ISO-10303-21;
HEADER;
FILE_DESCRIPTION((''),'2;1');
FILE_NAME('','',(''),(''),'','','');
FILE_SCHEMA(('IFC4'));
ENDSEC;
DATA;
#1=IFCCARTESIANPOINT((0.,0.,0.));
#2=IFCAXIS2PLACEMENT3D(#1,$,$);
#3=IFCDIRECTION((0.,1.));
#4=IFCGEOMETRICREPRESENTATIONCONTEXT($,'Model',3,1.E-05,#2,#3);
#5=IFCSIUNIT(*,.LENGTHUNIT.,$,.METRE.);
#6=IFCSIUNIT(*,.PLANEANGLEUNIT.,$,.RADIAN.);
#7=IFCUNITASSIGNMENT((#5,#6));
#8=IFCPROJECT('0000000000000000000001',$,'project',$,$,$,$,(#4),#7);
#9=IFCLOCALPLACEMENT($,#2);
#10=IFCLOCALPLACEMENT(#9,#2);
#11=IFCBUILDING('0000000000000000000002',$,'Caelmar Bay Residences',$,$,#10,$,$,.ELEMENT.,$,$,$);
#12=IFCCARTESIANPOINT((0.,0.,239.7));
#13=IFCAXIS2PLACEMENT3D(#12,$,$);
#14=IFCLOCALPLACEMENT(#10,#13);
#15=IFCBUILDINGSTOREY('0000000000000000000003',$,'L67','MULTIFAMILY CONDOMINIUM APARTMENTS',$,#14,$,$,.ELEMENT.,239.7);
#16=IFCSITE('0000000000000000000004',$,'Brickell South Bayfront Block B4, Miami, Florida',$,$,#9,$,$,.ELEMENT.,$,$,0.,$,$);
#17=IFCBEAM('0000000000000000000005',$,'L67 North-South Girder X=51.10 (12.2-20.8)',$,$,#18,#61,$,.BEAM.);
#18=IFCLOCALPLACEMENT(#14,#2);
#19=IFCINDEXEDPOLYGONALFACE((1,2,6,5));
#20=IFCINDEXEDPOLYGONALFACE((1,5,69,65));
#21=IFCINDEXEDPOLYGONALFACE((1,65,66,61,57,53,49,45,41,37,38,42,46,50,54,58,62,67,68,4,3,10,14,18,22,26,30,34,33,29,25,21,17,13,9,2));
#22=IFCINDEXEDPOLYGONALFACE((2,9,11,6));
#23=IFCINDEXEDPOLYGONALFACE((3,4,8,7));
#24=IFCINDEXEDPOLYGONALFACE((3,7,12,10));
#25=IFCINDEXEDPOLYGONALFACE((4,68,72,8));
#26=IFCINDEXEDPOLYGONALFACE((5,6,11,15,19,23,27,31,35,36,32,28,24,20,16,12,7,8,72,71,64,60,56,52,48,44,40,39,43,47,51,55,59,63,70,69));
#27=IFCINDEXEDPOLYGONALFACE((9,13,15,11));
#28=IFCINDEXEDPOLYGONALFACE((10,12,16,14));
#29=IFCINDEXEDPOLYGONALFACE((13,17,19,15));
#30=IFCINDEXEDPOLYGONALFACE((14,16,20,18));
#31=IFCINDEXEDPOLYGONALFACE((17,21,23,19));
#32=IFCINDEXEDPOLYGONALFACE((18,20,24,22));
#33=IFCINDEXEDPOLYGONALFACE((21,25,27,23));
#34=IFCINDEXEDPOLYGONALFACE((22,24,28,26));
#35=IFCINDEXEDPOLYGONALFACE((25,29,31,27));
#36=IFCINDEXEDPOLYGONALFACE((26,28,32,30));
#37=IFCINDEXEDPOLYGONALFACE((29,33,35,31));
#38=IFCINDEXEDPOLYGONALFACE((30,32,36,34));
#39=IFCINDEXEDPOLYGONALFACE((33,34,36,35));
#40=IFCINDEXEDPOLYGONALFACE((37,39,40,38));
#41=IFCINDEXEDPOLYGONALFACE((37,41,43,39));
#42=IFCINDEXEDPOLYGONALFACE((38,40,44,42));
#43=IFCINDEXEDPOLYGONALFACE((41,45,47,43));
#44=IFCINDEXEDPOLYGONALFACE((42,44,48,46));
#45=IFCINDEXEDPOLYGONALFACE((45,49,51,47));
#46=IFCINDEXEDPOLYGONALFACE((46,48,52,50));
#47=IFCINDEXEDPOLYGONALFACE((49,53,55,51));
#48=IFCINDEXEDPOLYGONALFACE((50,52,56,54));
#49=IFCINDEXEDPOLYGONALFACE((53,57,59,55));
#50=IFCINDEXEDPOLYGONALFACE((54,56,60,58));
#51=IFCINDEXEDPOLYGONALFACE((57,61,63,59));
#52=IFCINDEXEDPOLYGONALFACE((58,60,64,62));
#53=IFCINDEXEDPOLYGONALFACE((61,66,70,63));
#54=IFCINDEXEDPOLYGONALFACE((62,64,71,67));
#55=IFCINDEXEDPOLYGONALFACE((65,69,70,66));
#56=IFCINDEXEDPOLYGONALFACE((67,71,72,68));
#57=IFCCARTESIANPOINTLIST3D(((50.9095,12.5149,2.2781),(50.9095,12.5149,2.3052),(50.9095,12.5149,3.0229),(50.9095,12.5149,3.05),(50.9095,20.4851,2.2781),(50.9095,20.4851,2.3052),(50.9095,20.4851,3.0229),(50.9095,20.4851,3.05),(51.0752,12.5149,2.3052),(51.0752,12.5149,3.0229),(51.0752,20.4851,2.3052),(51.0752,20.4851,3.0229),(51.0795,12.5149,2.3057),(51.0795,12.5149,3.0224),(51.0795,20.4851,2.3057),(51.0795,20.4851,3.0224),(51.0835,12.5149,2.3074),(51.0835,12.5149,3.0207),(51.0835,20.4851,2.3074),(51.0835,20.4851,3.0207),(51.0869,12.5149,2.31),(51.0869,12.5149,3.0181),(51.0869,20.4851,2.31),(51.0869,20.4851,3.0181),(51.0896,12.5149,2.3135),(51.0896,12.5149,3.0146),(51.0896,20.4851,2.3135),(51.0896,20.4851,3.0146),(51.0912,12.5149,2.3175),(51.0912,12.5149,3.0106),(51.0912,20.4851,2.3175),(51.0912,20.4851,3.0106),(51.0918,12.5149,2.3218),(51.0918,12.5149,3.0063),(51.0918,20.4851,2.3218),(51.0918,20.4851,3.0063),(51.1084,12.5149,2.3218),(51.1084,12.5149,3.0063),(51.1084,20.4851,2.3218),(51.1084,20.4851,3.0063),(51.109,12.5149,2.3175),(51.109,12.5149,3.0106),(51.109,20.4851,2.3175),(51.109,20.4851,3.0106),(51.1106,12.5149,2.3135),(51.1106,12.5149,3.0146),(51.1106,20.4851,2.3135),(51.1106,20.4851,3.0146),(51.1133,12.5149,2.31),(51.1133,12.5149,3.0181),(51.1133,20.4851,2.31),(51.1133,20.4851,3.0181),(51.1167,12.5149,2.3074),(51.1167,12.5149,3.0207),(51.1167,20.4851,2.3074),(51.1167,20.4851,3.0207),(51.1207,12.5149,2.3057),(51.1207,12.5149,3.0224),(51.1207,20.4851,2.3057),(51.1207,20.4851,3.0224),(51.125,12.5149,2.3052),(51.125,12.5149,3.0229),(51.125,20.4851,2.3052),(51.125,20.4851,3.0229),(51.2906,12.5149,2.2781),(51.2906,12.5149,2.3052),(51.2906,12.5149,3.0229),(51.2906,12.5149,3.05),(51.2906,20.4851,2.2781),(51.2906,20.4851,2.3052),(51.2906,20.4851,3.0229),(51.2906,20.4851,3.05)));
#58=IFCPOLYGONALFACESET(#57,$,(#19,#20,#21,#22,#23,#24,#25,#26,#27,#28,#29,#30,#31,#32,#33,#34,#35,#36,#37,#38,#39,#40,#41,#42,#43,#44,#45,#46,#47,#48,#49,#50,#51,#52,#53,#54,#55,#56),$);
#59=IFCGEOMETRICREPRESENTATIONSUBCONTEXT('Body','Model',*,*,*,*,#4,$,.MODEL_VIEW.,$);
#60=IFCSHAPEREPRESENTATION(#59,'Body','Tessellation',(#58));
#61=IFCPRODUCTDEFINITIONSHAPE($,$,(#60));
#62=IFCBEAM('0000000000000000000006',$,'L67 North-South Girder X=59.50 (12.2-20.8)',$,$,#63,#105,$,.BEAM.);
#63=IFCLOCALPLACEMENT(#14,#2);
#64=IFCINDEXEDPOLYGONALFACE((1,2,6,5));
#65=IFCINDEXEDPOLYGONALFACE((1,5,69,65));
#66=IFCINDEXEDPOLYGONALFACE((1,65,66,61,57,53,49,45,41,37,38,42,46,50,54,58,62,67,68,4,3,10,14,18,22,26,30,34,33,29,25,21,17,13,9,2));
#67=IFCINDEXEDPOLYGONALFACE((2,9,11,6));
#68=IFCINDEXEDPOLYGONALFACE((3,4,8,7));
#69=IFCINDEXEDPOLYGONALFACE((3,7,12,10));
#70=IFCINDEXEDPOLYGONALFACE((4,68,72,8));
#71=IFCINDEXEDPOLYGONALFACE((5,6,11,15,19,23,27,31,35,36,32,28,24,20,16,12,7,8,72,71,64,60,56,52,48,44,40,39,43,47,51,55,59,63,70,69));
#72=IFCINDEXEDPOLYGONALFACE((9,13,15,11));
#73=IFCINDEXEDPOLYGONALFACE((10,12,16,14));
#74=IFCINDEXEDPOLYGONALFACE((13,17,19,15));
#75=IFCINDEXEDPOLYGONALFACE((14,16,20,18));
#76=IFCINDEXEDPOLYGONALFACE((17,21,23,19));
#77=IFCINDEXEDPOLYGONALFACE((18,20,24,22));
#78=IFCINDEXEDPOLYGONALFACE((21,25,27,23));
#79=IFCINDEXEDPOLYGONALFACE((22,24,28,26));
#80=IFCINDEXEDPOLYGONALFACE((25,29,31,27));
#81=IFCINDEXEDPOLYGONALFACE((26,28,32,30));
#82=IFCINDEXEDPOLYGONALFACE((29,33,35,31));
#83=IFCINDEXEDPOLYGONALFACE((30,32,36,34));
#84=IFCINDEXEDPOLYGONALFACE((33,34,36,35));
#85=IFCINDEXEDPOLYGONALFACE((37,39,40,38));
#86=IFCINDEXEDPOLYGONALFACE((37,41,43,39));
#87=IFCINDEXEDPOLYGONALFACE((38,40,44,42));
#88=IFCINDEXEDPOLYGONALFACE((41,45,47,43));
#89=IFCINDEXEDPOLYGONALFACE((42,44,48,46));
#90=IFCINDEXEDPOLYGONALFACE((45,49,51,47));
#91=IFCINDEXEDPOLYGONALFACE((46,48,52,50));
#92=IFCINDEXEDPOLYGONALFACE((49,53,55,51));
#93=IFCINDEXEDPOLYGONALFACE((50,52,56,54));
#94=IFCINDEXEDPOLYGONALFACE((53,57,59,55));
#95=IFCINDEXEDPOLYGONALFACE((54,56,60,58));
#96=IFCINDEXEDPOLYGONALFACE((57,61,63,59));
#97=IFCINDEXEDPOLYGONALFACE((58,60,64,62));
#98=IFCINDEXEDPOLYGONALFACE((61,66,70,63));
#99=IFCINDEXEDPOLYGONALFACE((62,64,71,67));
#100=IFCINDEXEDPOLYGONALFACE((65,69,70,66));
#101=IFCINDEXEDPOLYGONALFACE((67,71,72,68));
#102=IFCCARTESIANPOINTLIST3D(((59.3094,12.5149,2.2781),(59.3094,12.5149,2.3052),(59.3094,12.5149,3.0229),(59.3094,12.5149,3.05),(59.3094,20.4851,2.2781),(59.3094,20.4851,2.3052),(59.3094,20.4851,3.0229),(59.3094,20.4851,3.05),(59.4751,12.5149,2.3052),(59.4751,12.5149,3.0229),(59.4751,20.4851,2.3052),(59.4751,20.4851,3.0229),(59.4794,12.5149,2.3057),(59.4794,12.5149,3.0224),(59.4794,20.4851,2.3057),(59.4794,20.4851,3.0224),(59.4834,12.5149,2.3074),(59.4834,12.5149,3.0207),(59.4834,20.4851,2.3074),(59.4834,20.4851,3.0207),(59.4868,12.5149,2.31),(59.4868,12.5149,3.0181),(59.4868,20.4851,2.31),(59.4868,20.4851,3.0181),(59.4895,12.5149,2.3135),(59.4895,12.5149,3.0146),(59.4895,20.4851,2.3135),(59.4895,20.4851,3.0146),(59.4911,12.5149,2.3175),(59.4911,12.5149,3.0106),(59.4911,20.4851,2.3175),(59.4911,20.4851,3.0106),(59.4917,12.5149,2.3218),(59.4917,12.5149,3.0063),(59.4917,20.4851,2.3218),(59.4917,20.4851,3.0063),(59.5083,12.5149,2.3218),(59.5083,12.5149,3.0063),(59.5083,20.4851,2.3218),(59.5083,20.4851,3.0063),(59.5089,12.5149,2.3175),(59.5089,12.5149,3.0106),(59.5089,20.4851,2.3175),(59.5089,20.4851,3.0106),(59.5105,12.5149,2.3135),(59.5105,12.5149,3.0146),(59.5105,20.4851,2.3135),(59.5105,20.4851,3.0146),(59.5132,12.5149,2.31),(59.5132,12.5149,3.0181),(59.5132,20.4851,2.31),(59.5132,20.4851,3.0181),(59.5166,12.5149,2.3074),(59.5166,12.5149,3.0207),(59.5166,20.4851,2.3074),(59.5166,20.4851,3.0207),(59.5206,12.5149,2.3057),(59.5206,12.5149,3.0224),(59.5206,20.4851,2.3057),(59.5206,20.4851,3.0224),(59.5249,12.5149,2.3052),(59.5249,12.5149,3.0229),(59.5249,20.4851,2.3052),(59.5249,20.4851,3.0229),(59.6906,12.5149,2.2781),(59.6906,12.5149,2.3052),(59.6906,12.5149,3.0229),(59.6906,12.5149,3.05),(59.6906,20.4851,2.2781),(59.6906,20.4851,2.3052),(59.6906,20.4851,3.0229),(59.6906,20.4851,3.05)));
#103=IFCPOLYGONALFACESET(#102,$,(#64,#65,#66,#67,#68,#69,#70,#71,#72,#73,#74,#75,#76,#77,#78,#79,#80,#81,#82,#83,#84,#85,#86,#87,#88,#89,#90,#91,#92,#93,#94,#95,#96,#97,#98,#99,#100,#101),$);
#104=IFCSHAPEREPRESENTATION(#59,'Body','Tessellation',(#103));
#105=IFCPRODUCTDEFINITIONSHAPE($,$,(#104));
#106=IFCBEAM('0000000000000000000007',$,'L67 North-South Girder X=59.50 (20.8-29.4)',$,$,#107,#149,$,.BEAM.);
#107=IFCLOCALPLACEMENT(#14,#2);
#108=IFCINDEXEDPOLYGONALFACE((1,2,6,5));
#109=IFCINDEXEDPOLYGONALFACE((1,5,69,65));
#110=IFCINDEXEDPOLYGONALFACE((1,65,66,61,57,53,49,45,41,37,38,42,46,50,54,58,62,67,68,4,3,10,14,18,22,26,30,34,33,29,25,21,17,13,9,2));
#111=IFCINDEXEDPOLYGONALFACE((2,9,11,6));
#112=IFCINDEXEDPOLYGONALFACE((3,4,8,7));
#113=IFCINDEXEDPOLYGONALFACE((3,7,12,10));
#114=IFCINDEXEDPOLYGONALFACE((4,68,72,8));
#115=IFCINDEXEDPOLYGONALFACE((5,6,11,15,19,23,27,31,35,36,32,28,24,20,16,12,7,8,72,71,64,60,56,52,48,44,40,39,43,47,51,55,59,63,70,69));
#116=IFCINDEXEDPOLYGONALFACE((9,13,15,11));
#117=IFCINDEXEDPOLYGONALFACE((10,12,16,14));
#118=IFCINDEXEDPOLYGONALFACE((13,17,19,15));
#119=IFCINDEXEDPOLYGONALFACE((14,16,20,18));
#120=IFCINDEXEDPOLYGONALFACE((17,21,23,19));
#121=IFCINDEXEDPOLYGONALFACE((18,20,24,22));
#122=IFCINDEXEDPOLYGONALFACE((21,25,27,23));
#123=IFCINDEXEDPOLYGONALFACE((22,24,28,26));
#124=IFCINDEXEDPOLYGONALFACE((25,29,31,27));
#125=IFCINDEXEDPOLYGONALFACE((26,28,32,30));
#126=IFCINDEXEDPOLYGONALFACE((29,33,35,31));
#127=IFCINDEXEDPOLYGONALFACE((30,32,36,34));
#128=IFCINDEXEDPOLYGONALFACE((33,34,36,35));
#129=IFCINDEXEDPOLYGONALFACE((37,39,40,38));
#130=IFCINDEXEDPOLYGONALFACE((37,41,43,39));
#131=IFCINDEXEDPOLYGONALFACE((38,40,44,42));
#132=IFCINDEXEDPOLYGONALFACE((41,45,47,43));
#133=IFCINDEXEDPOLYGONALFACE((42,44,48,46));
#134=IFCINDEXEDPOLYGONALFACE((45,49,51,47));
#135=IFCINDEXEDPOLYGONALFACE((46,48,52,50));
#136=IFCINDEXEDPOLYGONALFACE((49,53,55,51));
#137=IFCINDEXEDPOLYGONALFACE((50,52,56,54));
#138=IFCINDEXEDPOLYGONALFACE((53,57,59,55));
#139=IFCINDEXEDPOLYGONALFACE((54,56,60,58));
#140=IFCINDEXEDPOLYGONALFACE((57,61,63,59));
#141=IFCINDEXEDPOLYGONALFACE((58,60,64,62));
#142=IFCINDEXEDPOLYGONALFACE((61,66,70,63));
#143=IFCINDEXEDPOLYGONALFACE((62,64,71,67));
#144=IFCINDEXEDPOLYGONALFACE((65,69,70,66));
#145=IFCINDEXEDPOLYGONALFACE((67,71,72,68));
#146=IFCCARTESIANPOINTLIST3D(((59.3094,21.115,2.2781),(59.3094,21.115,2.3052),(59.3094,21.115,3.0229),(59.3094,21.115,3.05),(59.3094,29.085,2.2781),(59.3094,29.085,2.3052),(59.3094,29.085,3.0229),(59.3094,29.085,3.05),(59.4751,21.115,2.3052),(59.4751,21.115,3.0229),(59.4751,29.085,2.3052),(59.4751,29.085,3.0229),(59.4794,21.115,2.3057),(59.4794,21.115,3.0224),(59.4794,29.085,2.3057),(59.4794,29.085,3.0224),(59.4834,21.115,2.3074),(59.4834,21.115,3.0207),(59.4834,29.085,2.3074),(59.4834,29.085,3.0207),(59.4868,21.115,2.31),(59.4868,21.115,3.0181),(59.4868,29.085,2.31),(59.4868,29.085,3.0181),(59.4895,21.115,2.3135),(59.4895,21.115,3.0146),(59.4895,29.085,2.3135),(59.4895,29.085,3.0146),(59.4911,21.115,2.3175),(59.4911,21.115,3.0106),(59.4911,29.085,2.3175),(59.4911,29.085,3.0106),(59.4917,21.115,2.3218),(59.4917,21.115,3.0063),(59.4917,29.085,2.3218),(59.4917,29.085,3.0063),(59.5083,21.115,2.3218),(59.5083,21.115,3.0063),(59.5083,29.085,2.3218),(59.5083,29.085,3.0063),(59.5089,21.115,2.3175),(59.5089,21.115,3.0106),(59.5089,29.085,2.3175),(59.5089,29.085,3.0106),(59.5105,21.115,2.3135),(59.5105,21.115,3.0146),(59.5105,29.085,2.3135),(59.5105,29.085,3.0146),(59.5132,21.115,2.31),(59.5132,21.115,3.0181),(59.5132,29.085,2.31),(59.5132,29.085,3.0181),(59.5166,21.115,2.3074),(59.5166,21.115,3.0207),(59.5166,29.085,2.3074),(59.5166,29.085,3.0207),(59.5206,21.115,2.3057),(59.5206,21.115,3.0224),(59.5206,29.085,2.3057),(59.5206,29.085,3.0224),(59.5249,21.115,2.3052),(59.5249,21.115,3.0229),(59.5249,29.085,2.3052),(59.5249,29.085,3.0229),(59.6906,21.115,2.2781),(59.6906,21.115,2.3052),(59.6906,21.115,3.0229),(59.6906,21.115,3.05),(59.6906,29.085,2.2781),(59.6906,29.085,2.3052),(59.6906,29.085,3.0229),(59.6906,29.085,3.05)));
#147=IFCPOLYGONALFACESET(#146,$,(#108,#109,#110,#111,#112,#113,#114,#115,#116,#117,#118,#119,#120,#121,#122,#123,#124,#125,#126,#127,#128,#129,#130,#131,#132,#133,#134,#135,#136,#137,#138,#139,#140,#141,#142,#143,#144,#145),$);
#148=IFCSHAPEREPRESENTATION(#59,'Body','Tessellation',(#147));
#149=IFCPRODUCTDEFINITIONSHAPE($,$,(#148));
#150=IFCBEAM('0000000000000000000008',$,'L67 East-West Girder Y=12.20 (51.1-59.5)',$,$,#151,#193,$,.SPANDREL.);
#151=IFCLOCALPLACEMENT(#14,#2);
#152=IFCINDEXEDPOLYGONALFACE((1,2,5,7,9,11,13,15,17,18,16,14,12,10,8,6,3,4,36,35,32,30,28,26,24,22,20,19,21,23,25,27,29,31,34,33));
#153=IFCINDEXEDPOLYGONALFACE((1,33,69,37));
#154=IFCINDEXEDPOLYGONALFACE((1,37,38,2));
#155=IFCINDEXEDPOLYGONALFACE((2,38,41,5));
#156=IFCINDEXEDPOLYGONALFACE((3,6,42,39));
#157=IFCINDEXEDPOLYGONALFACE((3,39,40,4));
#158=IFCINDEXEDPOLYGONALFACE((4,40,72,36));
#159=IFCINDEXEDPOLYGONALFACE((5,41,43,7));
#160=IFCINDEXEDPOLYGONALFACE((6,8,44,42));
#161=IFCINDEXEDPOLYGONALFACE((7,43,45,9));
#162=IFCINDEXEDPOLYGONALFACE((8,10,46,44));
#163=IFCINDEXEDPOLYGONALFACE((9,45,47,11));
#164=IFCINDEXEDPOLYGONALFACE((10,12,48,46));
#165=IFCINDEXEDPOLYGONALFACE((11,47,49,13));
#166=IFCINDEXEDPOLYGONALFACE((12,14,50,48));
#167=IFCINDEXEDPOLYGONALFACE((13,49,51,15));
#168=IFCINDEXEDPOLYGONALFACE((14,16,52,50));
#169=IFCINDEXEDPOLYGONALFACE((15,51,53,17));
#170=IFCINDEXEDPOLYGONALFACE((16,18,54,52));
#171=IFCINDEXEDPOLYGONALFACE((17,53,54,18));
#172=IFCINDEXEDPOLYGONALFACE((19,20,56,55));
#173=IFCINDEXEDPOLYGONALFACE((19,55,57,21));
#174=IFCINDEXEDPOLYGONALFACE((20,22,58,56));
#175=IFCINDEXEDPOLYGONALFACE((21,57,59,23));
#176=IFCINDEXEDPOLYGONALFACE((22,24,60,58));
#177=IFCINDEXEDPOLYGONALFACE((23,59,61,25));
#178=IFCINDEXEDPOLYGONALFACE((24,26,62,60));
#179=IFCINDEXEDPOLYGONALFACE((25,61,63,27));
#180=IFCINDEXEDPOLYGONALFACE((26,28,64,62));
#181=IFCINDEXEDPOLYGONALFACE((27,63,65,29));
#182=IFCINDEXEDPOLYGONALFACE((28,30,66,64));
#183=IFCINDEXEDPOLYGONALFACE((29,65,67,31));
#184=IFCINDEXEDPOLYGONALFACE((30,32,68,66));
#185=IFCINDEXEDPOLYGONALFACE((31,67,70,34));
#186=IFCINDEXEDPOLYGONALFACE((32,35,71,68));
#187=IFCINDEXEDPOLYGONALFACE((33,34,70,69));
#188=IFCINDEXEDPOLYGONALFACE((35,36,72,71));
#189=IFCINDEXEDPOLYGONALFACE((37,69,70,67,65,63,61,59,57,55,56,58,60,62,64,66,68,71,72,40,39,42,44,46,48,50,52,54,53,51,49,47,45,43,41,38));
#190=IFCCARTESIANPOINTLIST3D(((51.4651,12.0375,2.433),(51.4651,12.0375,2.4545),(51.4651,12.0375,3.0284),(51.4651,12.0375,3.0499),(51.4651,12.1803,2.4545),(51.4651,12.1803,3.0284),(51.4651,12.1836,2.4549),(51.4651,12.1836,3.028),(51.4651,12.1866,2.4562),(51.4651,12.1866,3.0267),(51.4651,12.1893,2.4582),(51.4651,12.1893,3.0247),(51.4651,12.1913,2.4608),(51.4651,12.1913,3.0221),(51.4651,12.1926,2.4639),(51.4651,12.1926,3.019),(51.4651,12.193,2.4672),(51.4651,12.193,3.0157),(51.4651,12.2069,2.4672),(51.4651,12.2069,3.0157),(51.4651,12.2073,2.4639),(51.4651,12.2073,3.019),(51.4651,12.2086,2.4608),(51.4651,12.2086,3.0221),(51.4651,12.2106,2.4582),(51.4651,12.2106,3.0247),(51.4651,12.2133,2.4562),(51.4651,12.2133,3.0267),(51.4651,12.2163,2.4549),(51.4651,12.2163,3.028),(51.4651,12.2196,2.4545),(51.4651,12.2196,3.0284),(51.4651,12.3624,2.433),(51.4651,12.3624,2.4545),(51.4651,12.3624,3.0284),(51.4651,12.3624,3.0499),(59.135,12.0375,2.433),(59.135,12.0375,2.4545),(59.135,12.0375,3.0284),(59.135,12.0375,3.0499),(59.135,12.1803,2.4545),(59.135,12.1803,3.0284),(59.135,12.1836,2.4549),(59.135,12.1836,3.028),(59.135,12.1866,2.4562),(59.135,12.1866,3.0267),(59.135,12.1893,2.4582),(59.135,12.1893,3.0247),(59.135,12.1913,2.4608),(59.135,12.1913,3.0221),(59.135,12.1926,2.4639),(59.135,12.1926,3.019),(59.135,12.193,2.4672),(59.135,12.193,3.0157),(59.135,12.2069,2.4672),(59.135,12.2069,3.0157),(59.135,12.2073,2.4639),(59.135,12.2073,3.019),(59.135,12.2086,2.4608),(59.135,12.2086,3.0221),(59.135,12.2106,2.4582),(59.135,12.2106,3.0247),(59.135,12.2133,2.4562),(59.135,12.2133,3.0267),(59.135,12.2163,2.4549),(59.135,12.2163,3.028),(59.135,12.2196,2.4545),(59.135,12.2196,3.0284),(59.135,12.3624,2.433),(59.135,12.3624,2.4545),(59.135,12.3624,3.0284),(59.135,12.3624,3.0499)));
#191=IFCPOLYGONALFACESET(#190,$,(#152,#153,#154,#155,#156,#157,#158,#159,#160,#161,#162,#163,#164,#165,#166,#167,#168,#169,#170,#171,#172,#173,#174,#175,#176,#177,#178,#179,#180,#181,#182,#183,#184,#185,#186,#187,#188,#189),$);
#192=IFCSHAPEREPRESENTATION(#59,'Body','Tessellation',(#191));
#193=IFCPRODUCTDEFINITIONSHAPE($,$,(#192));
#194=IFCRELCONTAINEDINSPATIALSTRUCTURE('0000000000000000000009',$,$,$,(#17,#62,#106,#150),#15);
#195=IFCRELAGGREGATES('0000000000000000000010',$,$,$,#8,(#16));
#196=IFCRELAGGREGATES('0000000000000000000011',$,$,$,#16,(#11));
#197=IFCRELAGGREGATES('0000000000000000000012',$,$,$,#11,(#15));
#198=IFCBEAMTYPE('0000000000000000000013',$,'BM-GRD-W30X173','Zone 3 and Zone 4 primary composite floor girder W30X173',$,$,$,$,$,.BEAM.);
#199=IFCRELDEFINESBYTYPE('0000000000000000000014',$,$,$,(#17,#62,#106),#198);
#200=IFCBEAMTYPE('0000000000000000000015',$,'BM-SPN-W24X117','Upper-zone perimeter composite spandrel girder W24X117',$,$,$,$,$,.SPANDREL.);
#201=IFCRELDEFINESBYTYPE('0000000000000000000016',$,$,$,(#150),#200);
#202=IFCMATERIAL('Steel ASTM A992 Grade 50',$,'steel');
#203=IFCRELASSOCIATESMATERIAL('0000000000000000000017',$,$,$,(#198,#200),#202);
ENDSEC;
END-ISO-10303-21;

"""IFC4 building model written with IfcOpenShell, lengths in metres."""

from ifc_helpers import new_model, si_unit, direction, frame, origin, origin_2d, place, context, subcontext, project, spatial, i_section, extrude, material, material_profile, profile_set, type_object, element, save


model = new_model("IFC4")

# Units and contexts
model_context = context("Model", 3, precision=1e-05, world=origin(), true_north=direction((0.0, 1.0)))
body_context = subcontext(model_context, "Body", "Model", "MODEL_VIEW")
ifc_project = project(units=[si_unit("LENGTHUNIT", "METRE"), si_unit("PLANEANGLEUNIT", "RADIAN")], contexts=[model_context])

# Site, building, storey
site_placement = place(None, origin())
site = spatial("IfcSite", under=ifc_project, at=site_placement, Name="Brickell South Bayfront Block B4, Miami, Florida", CompositionType="ELEMENT", RefElevation=0.0)
building_placement = place(site_placement, origin())
building = spatial("IfcBuilding", under=site, at=building_placement, Name="Caelmar Bay Residences", CompositionType="ELEMENT")
storey_placement = place(building_placement, frame((0.0, 0.0, 239.7)))
storey = spatial("IfcBuildingStorey", under=building, at=storey_placement, Name="L67", Description="MULTIFAMILY CONDOMINIUM APARTMENTS", CompositionType="ELEMENT", Elevation=239.7)

# Beams
ifc_material_1 = material(Name="Steel ASTM A992 Grade 50", Category="steel")
ifc_material_profile_1 = material_profile(ifc_material_1, i_section(OverallWidth=0.3811, OverallDepth=0.772, WebThickness=0.0166, FlangeThickness=0.0271, FilletRadius=0.0166, at=origin_2d()), Name="W30X173")
ifc_profile_set_1 = profile_set([ifc_material_profile_1], Name="Steel ASTM A992 Grade 50")
beam_type_1 = type_object("IfcBeamType", Name="BM-GRD-W30X173", Description="Zone 3 and Zone 4 primary composite floor girder W30X173", PredefinedType="BEAM", material=ifc_profile_set_1)
for number, where, z_axis, x_axis, name in (
    (1, (51.1001, 12.5149, 2.6641), (0.0, 1.0, 0.0), (-1.0, 0.0, 0.0), "L67 North-South Girder X=51.10 (12.2-20.8)"),
    (2, (59.5, 12.5149, 2.6641), (0.0, 1.0, 0.0), (-1.0, 0.0, 0.0), "L67 North-South Girder X=59.50 (12.2-20.8)"),
):
    element("IfcBeam", number, at=place(storey_placement, frame(where, z_axis=z_axis, x_axis=x_axis)), inside=storey, type_object=beam_type_1, Name=name, PredefinedType="BEAM", context=body_context, shape_type="SweptSolid", body=[
        extrude(i_section(OverallWidth=0.3811, OverallDepth=0.772, WebThickness=0.0166, FlangeThickness=0.0271, FilletRadius=0.0166, at=origin_2d()), origin(), (0.0, 0.0, 1.0), 7.9702),
    ])
beam_1_placement = place(storey_placement, frame((59.5, 21.115, 2.6641), z_axis=(0.0, 1.0, 0.0), x_axis=(-1.0, 0.0, 0.0)))
element("IfcBeam", 3, at=beam_1_placement, inside=storey, type_object=beam_type_1, Name="L67 North-South Girder X=59.50 (20.8-29.4)", PredefinedType="BEAM", context=body_context, shape_type="SweptSolid", body=[
    extrude(i_section(OverallWidth=0.3811, OverallDepth=0.772, WebThickness=0.0166, FlangeThickness=0.0271, FilletRadius=0.0166, at=origin_2d()), origin(), (0.0, 0.0, 1.0), 7.97),
])
ifc_material_profile_2 = material_profile(ifc_material_1, i_section(OverallWidth=0.325, OverallDepth=0.6169, WebThickness=0.0139, FlangeThickness=0.0215, FilletRadius=0.0127, at=origin_2d()), Name="W24X117")
ifc_profile_set_2 = profile_set([ifc_material_profile_2], Name="Steel ASTM A992 Grade 50")
beam_type_2 = type_object("IfcBeamType", Name="BM-SPN-W24X117", Description="Upper-zone perimeter composite spandrel girder W24X117", PredefinedType="SPANDREL", material=ifc_profile_set_2)
beam_2_placement = place(storey_placement, frame((51.4651, 12.2, 2.7415), z_axis=(1.0, 0.0, 0.0), x_axis=(0.0, 1.0, 0.0)))
element("IfcBeam", 4, at=beam_2_placement, inside=storey, type_object=beam_type_2, Name="L67 East-West Girder Y=12.20 (51.1-59.5)", PredefinedType="SPANDREL", context=body_context, shape_type="SweptSolid", body=[
    extrude(i_section(OverallWidth=0.325, OverallDepth=0.6169, WebThickness=0.0139, FlangeThickness=0.0215, FilletRadius=0.0127, at=origin_2d()), origin(), (0.0, 0.0, 1.0), 7.6699),
])

save(model, "model.ifc")
